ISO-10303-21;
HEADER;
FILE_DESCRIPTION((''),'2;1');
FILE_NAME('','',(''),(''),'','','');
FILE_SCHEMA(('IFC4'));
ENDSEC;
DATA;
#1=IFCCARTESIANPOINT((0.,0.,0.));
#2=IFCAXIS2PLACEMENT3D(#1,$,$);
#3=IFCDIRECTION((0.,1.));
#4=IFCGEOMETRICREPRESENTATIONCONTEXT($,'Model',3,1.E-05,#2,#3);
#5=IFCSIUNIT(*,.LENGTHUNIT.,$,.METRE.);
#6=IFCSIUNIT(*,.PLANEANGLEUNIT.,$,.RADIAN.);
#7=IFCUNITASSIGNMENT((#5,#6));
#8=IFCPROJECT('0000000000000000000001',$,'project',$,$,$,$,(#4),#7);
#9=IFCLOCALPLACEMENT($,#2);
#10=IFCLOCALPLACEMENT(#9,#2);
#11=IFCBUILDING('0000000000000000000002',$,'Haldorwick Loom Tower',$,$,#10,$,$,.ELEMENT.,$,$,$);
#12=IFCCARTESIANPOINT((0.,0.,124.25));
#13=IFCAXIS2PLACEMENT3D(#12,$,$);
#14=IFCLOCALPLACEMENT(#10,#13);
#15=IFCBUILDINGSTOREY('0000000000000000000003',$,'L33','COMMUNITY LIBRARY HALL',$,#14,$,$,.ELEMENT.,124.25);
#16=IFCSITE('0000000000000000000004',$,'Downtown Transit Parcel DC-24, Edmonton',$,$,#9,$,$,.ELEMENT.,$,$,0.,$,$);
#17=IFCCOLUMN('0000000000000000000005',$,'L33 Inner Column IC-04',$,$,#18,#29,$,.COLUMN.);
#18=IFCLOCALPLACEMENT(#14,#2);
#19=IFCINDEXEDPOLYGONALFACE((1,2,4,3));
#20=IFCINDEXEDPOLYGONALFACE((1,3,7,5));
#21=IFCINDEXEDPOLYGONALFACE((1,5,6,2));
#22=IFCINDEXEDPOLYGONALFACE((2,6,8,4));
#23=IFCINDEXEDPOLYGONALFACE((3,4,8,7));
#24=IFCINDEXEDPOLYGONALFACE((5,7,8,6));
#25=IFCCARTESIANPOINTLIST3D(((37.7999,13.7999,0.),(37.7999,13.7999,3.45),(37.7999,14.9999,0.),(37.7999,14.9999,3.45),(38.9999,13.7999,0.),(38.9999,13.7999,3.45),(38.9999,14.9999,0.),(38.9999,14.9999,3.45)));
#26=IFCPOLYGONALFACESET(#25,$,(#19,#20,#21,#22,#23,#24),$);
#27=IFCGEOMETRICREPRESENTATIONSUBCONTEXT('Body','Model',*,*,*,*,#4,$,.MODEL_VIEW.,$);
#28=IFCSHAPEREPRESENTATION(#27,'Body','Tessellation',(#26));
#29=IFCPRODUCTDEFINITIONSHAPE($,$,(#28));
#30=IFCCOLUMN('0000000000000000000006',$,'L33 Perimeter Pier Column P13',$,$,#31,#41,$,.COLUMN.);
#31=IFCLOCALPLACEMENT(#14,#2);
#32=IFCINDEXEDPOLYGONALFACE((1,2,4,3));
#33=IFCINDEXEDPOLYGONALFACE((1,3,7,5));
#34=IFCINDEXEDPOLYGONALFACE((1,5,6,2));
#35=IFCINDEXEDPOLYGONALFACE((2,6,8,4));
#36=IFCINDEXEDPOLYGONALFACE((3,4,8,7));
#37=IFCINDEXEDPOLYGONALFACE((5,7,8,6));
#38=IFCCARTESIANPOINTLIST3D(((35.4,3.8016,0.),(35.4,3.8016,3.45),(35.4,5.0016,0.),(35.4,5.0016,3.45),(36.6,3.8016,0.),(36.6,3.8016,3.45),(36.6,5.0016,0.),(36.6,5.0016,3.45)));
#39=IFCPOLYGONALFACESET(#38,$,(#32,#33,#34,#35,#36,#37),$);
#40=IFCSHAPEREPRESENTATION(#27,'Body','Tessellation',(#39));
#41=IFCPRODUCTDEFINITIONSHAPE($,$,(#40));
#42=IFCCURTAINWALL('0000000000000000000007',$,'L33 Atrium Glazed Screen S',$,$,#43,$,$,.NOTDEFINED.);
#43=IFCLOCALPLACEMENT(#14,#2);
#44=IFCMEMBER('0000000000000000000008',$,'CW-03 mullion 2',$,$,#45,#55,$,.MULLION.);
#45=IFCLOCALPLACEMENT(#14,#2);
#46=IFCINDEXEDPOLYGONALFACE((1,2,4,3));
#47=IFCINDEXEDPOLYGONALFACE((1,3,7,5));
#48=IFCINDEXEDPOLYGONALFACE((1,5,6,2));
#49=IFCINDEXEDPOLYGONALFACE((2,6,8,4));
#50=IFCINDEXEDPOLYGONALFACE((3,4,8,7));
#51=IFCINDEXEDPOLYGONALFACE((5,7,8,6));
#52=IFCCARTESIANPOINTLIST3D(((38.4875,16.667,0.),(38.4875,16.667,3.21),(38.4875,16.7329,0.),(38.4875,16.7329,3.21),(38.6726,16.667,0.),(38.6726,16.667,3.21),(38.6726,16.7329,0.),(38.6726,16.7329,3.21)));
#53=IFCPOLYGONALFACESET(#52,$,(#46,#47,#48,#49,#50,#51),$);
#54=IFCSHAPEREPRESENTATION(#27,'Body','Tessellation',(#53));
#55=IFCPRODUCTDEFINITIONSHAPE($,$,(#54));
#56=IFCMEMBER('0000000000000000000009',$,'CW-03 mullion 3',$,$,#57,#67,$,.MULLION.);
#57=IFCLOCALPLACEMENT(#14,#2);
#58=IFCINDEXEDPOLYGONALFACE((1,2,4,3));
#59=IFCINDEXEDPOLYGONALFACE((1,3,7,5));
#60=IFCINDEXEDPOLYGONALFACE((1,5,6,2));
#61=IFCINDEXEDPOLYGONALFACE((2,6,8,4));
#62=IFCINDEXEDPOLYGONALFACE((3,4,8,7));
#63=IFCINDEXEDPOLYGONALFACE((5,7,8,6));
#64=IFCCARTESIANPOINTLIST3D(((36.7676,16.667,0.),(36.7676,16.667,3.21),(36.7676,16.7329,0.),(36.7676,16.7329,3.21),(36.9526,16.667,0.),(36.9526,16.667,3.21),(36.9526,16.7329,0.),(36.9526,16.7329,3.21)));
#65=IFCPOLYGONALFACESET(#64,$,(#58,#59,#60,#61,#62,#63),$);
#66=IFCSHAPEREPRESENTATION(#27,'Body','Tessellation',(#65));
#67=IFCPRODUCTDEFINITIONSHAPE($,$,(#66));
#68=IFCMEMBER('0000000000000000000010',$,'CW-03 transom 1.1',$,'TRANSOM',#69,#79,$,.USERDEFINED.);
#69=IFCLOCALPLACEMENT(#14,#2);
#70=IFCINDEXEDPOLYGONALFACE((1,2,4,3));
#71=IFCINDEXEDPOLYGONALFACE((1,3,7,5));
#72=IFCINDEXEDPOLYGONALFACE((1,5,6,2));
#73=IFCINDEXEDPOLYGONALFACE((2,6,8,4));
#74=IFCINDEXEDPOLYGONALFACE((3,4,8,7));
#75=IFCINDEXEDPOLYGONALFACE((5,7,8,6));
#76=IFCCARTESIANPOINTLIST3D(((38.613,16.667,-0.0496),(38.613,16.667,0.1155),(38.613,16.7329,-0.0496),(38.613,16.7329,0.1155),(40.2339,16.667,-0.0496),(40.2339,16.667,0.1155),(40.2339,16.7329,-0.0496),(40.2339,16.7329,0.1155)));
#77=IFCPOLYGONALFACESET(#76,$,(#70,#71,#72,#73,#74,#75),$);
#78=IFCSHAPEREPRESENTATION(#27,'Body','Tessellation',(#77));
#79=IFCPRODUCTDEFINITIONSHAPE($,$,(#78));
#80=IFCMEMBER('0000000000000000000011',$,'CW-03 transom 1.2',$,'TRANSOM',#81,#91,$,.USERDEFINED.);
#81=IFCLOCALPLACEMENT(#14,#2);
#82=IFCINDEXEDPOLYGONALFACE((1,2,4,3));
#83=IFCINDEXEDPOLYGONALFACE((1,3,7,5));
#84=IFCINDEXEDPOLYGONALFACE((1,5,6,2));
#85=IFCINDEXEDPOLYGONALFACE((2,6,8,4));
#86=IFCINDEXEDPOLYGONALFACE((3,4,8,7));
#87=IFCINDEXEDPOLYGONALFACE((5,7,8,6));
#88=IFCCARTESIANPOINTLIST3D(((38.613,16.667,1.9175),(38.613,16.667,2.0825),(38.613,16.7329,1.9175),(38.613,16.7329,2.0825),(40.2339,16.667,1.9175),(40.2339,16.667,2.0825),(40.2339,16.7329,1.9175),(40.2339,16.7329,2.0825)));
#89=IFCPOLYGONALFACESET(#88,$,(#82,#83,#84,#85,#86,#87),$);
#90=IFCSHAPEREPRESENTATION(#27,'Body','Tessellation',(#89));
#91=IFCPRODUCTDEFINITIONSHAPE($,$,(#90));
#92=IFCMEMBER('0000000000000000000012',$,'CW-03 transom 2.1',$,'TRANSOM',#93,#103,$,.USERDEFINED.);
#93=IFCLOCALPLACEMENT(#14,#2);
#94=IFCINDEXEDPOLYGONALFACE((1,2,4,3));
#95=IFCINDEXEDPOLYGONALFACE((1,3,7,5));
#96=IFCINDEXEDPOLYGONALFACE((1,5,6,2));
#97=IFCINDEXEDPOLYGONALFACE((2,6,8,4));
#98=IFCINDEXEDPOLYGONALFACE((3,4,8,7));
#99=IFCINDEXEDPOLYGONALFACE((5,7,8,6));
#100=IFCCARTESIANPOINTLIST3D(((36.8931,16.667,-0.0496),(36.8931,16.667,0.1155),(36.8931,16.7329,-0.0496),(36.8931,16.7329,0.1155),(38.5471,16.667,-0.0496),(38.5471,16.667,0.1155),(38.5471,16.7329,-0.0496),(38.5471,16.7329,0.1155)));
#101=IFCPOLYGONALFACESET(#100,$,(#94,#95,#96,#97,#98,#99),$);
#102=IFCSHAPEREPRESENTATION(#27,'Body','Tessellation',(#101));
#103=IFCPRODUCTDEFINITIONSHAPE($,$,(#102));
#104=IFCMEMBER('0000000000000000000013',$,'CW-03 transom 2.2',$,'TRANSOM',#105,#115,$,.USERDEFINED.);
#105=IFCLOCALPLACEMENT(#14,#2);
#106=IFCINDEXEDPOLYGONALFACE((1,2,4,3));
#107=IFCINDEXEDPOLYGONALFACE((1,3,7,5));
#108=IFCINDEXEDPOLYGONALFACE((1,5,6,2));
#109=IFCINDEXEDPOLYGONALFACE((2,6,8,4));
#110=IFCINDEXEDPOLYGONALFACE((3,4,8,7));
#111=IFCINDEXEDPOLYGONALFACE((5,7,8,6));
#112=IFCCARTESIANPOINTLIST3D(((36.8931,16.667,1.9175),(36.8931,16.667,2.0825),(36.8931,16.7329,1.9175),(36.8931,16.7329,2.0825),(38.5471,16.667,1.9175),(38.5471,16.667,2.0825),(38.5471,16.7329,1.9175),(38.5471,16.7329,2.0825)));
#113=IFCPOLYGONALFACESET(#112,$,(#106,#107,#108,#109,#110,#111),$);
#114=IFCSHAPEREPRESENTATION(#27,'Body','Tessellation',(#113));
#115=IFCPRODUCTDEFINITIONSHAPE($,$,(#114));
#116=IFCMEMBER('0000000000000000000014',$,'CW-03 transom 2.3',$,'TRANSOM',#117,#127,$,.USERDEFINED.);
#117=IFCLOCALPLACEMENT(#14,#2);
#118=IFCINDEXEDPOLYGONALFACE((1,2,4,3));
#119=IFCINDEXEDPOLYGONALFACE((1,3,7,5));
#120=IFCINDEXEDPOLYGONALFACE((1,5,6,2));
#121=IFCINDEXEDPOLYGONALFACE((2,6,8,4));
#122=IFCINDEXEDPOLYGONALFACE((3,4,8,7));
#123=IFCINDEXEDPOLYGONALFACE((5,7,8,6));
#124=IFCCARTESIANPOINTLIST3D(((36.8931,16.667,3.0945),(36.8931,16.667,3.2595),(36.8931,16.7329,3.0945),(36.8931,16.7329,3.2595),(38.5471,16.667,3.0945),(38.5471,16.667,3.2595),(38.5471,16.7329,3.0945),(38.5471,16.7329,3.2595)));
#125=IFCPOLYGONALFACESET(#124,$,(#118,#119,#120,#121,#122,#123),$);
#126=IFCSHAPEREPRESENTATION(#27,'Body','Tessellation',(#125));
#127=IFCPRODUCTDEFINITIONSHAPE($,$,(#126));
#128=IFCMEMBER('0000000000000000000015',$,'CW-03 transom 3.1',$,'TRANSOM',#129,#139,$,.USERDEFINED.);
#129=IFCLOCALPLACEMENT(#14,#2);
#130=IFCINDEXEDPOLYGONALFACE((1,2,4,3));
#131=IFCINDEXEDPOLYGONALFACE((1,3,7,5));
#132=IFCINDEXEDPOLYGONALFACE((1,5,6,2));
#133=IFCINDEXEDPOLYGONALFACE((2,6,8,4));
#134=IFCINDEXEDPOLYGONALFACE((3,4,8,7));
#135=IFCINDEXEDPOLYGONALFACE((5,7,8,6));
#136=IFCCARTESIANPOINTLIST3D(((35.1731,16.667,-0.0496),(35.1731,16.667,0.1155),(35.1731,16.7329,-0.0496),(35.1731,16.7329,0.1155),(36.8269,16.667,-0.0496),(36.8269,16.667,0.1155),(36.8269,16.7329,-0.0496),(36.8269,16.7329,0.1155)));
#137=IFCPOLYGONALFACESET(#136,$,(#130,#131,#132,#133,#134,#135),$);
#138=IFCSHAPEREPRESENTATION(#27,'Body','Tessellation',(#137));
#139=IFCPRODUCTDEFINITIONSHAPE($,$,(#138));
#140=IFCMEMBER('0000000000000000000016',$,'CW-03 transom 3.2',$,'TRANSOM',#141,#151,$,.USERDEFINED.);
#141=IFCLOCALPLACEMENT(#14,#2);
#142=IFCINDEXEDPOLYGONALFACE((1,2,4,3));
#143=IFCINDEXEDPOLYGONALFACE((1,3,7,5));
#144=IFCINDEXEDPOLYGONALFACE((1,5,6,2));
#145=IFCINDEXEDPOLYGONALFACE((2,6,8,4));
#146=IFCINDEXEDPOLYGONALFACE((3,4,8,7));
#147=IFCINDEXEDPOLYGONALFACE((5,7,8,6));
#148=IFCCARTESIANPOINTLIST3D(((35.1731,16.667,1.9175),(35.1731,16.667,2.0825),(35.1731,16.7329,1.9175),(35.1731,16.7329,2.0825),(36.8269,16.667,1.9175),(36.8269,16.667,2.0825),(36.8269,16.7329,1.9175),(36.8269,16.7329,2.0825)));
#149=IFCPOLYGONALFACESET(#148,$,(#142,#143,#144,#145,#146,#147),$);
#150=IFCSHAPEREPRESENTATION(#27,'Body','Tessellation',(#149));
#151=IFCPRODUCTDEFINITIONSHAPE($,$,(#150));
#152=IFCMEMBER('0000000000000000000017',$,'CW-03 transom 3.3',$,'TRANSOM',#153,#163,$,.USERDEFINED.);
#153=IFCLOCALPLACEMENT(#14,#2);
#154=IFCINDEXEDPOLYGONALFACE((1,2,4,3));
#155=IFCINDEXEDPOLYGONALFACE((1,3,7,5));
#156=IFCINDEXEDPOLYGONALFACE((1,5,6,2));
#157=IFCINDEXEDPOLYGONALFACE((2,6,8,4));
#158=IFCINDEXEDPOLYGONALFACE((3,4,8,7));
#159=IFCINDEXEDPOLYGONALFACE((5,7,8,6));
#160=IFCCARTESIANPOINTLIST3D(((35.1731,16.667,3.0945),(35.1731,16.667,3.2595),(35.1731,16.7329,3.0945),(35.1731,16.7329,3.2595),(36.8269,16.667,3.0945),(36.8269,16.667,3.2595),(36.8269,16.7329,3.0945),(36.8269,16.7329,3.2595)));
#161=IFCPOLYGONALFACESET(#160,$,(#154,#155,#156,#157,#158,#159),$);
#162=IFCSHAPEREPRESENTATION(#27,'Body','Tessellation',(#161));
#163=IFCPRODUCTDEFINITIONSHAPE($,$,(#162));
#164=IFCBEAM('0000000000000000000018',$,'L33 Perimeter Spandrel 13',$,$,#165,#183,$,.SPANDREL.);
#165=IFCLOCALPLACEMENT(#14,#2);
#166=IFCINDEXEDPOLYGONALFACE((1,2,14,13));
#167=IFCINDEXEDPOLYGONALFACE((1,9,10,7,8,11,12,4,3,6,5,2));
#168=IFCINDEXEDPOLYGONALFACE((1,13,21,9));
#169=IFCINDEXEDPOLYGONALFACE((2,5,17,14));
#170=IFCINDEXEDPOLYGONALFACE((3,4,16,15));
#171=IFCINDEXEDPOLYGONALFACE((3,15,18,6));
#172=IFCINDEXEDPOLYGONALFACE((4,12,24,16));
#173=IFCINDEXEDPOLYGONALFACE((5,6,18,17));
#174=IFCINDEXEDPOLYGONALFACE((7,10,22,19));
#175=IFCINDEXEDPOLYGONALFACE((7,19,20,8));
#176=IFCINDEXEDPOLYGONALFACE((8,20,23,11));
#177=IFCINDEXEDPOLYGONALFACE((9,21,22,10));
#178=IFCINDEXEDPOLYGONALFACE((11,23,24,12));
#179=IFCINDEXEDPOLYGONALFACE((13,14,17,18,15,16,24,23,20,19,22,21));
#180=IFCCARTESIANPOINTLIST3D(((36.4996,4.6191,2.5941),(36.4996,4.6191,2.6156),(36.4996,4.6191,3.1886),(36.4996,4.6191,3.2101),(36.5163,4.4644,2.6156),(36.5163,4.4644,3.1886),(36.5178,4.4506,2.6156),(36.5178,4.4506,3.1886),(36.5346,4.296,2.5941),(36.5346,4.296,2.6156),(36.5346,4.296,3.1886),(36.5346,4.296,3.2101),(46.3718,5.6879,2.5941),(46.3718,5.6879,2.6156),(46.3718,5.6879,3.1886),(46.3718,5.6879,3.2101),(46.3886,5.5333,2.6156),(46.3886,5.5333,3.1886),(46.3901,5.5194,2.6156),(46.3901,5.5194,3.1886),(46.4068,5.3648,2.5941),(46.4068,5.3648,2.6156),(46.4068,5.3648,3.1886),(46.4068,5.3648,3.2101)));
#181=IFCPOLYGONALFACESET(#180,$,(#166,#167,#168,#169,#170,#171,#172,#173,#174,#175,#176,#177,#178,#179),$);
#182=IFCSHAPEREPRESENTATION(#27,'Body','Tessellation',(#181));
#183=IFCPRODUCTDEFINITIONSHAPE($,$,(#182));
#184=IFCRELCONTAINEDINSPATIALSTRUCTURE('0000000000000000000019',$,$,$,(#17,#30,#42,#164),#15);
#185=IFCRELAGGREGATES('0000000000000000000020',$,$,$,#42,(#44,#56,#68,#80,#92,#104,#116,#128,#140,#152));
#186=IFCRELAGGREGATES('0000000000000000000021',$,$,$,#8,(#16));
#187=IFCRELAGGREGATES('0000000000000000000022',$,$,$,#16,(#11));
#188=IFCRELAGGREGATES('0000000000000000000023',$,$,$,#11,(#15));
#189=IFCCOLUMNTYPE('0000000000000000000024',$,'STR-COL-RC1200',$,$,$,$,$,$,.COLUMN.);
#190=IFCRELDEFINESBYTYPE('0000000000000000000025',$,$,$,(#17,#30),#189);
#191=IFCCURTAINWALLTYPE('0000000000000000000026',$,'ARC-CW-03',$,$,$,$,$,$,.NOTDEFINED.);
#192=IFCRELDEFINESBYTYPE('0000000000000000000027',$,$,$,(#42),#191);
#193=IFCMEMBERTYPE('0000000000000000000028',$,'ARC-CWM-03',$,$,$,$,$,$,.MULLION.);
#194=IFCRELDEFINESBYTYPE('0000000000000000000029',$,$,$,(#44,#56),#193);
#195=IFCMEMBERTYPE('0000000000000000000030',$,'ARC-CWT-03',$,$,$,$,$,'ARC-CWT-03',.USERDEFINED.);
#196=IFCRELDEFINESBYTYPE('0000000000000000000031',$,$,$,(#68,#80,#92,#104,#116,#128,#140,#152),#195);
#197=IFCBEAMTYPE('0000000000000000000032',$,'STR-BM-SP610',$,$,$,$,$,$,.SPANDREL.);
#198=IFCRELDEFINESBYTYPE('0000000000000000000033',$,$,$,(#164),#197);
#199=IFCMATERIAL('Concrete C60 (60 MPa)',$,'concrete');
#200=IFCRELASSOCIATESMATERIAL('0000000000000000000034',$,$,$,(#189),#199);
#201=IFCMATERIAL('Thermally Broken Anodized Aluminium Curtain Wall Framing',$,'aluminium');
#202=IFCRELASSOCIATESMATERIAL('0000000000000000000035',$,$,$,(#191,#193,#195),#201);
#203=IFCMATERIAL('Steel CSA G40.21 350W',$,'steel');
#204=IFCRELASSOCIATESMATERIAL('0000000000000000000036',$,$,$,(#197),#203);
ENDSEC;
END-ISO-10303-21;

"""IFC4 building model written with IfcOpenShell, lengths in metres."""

from ifc_helpers import new_model, si_unit, direction, frame, origin, origin_2d, place, context, subcontext, project, spatial, rectangle, i_section, extrude, material, material_profile, profile_set, type_object, element, aggregate, save


model = new_model("IFC4")

# Units and contexts
model_context = context("Model", 3, precision=1e-05, world=origin(), true_north=direction((0.0, 1.0)))
body_context = subcontext(model_context, "Body", "Model", "MODEL_VIEW")
ifc_project = project(units=[si_unit("LENGTHUNIT", "METRE"), si_unit("PLANEANGLEUNIT", "RADIAN")], contexts=[model_context])

# Site, building, storey
site_placement = place(None, origin())
site = spatial("IfcSite", under=ifc_project, at=site_placement, Name="Downtown Transit Parcel DC-24, Edmonton", CompositionType="ELEMENT", RefElevation=0.0)
building_placement = place(site_placement, origin())
building = spatial("IfcBuilding", under=site, at=building_placement, Name="Haldorwick Loom Tower", CompositionType="ELEMENT")
storey_placement = place(building_placement, frame((0.0, 0.0, 124.25)))
storey = spatial("IfcBuildingStorey", under=building, at=storey_placement, Name="L33", Description="COMMUNITY LIBRARY HALL", CompositionType="ELEMENT", Elevation=124.25)

# Columns
ifc_material_1 = material(Name="Concrete C60 (60 MPa)", Category="concrete")
ifc_material_profile_1 = material_profile(ifc_material_1, rectangle(XDim=1.2, YDim=1.2, at=origin_2d()), Name="RC1200X1200", Category="concrete")
ifc_profile_set_1 = profile_set([ifc_material_profile_1], Name="Concrete C60 (60 MPa)")
column_type = type_object("IfcColumnType", Name="STR-COL-RC1200", PredefinedType="COLUMN", material=ifc_profile_set_1)
for number, where, z_axis, x_axis, name in (
    (1, (38.3999, 14.3999, 0.0), (0.0, 0.0, 1.0), (1.0, 0.0, 0.0), "L33 Inner Column IC-04"),
    (2, (36.0, 4.4016, 0.0), (0.0, 0.0, 1.0), (0.0, -1.0, 0.0), "L33 Perimeter Pier Column P13"),
):
    element("IfcColumn", number, at=place(storey_placement, frame(where, z_axis=z_axis, x_axis=x_axis)), inside=storey, type_object=column_type, Name=name, PredefinedType="COLUMN", context=body_context, shape_type="SweptSolid", body=[
        extrude(rectangle(XDim=1.2, YDim=1.2, at=origin_2d()), origin(), (0.0, 0.0, 1.0), 3.45),
    ])

# Curtain wall, members
ifc_material_2 = material(Name="Thermally Broken Anodized Aluminium Curtain Wall Framing", Category="aluminium")
curtain_wall_type = type_object("IfcCurtainWallType", Name="ARC-CW-03", PredefinedType="NOTDEFINED", material=ifc_material_2)
curtain_wall_placement = place(storey_placement, origin())
curtain_wall = element("IfcCurtainWall", 3, at=curtain_wall_placement, inside=storey, type_object=curtain_wall_type, Name="L33 Atrium Glazed Screen S", PredefinedType="NOTDEFINED")
ifc_material_profile_2 = material_profile(ifc_material_2, rectangle(XDim=0.0659, YDim=0.1851, at=origin_2d()), Name="ALU_MUL_66X185", Category="aluminium")
ifc_profile_set_2 = profile_set([ifc_material_profile_2], Name="Thermally Broken Anodized Aluminium Curtain Wall Framing")
member_type_1 = type_object("IfcMemberType", Name="ARC-CWM-03", PredefinedType="MULLION", material=ifc_profile_set_2)
member_1_placement = place(storey_placement, frame((38.5801, 16.7, 0.0), z_axis=(0.0, 0.0, 1.0), x_axis=(0.0, -1.0, 0.0)))
member_1 = element("IfcMember", 4, at=member_1_placement, type_object=member_type_1, Name="CW-03 mullion 2", PredefinedType="MULLION", context=body_context, shape_type="SweptSolid", body=[
    extrude(rectangle(XDim=0.0659, YDim=0.1851, at=origin_2d()), origin(), (0.0, 0.0, 1.0), 3.21),
])
member_2_placement = place(storey_placement, frame((36.8601, 16.7, 0.0), z_axis=(0.0, 0.0, 1.0), x_axis=(0.0, -1.0, 0.0)))
member_2 = element("IfcMember", 5, at=member_2_placement, type_object=member_type_1, Name="CW-03 mullion 3", PredefinedType="MULLION", context=body_context, shape_type="SweptSolid", body=[
    extrude(rectangle(XDim=0.0659, YDim=0.1851, at=origin_2d()), origin(), (0.0, 0.0, 1.0), 3.21),
])
ifc_material_profile_3 = material_profile(ifc_material_2, rectangle(XDim=0.0659, YDim=0.165, at=origin_2d()), Name="ALU_TRN_66X165", Category="aluminium")
ifc_profile_set_3 = profile_set([ifc_material_profile_3], Name="Thermally Broken Anodized Aluminium Curtain Wall Framing")
member_type_2 = type_object("IfcMemberType", Name="ARC-CWT-03", ElementType="ARC-CWT-03", PredefinedType="USERDEFINED", material=ifc_profile_set_3)
member_3_placement = place(storey_placement, frame((40.2339, 16.7, 0.033), z_axis=(-1.0, 0.0, 0.0), x_axis=(0.0, -1.0, 0.0)))
member_3 = element("IfcMember", 6, at=member_3_placement, type_object=member_type_2, Name="CW-03 transom 1.1", ObjectType="TRANSOM", PredefinedType="USERDEFINED", context=body_context, shape_type="SweptSolid", body=[
    extrude(rectangle(XDim=0.0659, YDim=0.165, at=origin_2d()), origin(), (0.0, 0.0, 1.0), 1.6208),
])
member_4_placement = place(storey_placement, frame((40.2339, 16.7, 2.0), z_axis=(-1.0, 0.0, 0.0), x_axis=(0.0, -1.0, 0.0)))
member_4 = element("IfcMember", 7, at=member_4_placement, type_object=member_type_2, Name="CW-03 transom 1.2", ObjectType="TRANSOM", PredefinedType="USERDEFINED", context=body_context, shape_type="SweptSolid", body=[
    extrude(rectangle(XDim=0.0659, YDim=0.165, at=origin_2d()), origin(), (0.0, 0.0, 1.0), 1.6208),
])
member_5_placement = place(storey_placement, frame((38.5471, 16.7, 0.033), z_axis=(-1.0, 0.0, 0.0), x_axis=(0.0, -1.0, 0.0)))
member_5 = element("IfcMember", 8, at=member_5_placement, type_object=member_type_2, Name="CW-03 transom 2.1", ObjectType="TRANSOM", PredefinedType="USERDEFINED", context=body_context, shape_type="SweptSolid", body=[
    extrude(rectangle(XDim=0.0659, YDim=0.165, at=origin_2d()), origin(), (0.0, 0.0, 1.0), 1.6541),
])
member_6_placement = place(storey_placement, frame((38.5471, 16.7, 2.0), z_axis=(-1.0, 0.0, 0.0), x_axis=(0.0, -1.0, 0.0)))
member_6 = element("IfcMember", 9, at=member_6_placement, type_object=member_type_2, Name="CW-03 transom 2.2", ObjectType="TRANSOM", PredefinedType="USERDEFINED", context=body_context, shape_type="SweptSolid", body=[
    extrude(rectangle(XDim=0.0659, YDim=0.165, at=origin_2d()), origin(), (0.0, 0.0, 1.0), 1.6541),
])
member_7_placement = place(storey_placement, frame((38.5471, 16.7, 3.177), z_axis=(-1.0, 0.0, 0.0), x_axis=(0.0, -1.0, 0.0)))
member_7 = element("IfcMember", 10, at=member_7_placement, type_object=member_type_2, Name="CW-03 transom 2.3", ObjectType="TRANSOM", PredefinedType="USERDEFINED", context=body_context, shape_type="SweptSolid", body=[
    extrude(rectangle(XDim=0.0659, YDim=0.165, at=origin_2d()), origin(), (0.0, 0.0, 1.0), 1.6541),
])
member_8_placement = place(storey_placement, frame((36.8269, 16.7, 0.033), z_axis=(-1.0, 0.0, 0.0), x_axis=(0.0, -1.0, 0.0)))
member_8 = element("IfcMember", 11, at=member_8_placement, type_object=member_type_2, Name="CW-03 transom 3.1", ObjectType="TRANSOM", PredefinedType="USERDEFINED", context=body_context, shape_type="SweptSolid", body=[
    extrude(rectangle(XDim=0.0659, YDim=0.165, at=origin_2d()), origin(), (0.0, 0.0, 1.0), 1.6538),
])
member_9_placement = place(storey_placement, frame((36.8269, 16.7, 2.0), z_axis=(-1.0, 0.0, 0.0), x_axis=(0.0, -1.0, 0.0)))
member_9 = element("IfcMember", 12, at=member_9_placement, type_object=member_type_2, Name="CW-03 transom 3.2", ObjectType="TRANSOM", PredefinedType="USERDEFINED", context=body_context, shape_type="SweptSolid", body=[
    extrude(rectangle(XDim=0.0659, YDim=0.165, at=origin_2d()), origin(), (0.0, 0.0, 1.0), 1.6538),
])
member_10_placement = place(storey_placement, frame((36.8269, 16.7, 3.177), z_axis=(-1.0, 0.0, 0.0), x_axis=(0.0, -1.0, 0.0)))
member_10 = element("IfcMember", 13, at=member_10_placement, type_object=member_type_2, Name="CW-03 transom 3.3", ObjectType="TRANSOM", PredefinedType="USERDEFINED", context=body_context, shape_type="SweptSolid", body=[
    extrude(rectangle(XDim=0.0659, YDim=0.165, at=origin_2d()), origin(), (0.0, 0.0, 1.0), 1.6538),
])

# Beam
ifc_material_3 = material(Name="Steel CSA G40.21 350W", Category="steel")
ifc_material_profile_4 = material_profile(ifc_material_3, i_section(OverallWidth=0.325, OverallDepth=0.616, WebThickness=0.0139, FlangeThickness=0.0215, at=origin_2d()), Name="W610X174", Category="steel")
ifc_profile_set_4 = profile_set([ifc_material_profile_4], Name="Steel CSA G40.21 350W")
beam_type_1 = type_object("IfcBeamType", Name="STR-BM-SP610", PredefinedType="SPANDREL", material=ifc_profile_set_4)
beam_1_placement = place(storey_placement, frame((36.5171, 4.4575, 2.9021), z_axis=(0.99419, 0.107638, 0.0), x_axis=(-0.107638, 0.99419, 0.0)))
element("IfcBeam", 14, at=beam_1_placement, inside=storey, type_object=beam_type_1, Name="L33 Perimeter Spandrel 13", PredefinedType="SPANDREL", context=body_context, shape_type="SweptSolid", body=[
    extrude(i_section(OverallWidth=0.325, OverallDepth=0.616, WebThickness=0.0139, FlangeThickness=0.0215, at=origin_2d()), origin(), (0.0, 0.0, 1.0), 9.9299),
])

aggregate(curtain_wall, [member_1, member_2, member_3, member_4, member_5, member_6, member_7, member_8, member_9, member_10])

save(model, "model.ifc")
